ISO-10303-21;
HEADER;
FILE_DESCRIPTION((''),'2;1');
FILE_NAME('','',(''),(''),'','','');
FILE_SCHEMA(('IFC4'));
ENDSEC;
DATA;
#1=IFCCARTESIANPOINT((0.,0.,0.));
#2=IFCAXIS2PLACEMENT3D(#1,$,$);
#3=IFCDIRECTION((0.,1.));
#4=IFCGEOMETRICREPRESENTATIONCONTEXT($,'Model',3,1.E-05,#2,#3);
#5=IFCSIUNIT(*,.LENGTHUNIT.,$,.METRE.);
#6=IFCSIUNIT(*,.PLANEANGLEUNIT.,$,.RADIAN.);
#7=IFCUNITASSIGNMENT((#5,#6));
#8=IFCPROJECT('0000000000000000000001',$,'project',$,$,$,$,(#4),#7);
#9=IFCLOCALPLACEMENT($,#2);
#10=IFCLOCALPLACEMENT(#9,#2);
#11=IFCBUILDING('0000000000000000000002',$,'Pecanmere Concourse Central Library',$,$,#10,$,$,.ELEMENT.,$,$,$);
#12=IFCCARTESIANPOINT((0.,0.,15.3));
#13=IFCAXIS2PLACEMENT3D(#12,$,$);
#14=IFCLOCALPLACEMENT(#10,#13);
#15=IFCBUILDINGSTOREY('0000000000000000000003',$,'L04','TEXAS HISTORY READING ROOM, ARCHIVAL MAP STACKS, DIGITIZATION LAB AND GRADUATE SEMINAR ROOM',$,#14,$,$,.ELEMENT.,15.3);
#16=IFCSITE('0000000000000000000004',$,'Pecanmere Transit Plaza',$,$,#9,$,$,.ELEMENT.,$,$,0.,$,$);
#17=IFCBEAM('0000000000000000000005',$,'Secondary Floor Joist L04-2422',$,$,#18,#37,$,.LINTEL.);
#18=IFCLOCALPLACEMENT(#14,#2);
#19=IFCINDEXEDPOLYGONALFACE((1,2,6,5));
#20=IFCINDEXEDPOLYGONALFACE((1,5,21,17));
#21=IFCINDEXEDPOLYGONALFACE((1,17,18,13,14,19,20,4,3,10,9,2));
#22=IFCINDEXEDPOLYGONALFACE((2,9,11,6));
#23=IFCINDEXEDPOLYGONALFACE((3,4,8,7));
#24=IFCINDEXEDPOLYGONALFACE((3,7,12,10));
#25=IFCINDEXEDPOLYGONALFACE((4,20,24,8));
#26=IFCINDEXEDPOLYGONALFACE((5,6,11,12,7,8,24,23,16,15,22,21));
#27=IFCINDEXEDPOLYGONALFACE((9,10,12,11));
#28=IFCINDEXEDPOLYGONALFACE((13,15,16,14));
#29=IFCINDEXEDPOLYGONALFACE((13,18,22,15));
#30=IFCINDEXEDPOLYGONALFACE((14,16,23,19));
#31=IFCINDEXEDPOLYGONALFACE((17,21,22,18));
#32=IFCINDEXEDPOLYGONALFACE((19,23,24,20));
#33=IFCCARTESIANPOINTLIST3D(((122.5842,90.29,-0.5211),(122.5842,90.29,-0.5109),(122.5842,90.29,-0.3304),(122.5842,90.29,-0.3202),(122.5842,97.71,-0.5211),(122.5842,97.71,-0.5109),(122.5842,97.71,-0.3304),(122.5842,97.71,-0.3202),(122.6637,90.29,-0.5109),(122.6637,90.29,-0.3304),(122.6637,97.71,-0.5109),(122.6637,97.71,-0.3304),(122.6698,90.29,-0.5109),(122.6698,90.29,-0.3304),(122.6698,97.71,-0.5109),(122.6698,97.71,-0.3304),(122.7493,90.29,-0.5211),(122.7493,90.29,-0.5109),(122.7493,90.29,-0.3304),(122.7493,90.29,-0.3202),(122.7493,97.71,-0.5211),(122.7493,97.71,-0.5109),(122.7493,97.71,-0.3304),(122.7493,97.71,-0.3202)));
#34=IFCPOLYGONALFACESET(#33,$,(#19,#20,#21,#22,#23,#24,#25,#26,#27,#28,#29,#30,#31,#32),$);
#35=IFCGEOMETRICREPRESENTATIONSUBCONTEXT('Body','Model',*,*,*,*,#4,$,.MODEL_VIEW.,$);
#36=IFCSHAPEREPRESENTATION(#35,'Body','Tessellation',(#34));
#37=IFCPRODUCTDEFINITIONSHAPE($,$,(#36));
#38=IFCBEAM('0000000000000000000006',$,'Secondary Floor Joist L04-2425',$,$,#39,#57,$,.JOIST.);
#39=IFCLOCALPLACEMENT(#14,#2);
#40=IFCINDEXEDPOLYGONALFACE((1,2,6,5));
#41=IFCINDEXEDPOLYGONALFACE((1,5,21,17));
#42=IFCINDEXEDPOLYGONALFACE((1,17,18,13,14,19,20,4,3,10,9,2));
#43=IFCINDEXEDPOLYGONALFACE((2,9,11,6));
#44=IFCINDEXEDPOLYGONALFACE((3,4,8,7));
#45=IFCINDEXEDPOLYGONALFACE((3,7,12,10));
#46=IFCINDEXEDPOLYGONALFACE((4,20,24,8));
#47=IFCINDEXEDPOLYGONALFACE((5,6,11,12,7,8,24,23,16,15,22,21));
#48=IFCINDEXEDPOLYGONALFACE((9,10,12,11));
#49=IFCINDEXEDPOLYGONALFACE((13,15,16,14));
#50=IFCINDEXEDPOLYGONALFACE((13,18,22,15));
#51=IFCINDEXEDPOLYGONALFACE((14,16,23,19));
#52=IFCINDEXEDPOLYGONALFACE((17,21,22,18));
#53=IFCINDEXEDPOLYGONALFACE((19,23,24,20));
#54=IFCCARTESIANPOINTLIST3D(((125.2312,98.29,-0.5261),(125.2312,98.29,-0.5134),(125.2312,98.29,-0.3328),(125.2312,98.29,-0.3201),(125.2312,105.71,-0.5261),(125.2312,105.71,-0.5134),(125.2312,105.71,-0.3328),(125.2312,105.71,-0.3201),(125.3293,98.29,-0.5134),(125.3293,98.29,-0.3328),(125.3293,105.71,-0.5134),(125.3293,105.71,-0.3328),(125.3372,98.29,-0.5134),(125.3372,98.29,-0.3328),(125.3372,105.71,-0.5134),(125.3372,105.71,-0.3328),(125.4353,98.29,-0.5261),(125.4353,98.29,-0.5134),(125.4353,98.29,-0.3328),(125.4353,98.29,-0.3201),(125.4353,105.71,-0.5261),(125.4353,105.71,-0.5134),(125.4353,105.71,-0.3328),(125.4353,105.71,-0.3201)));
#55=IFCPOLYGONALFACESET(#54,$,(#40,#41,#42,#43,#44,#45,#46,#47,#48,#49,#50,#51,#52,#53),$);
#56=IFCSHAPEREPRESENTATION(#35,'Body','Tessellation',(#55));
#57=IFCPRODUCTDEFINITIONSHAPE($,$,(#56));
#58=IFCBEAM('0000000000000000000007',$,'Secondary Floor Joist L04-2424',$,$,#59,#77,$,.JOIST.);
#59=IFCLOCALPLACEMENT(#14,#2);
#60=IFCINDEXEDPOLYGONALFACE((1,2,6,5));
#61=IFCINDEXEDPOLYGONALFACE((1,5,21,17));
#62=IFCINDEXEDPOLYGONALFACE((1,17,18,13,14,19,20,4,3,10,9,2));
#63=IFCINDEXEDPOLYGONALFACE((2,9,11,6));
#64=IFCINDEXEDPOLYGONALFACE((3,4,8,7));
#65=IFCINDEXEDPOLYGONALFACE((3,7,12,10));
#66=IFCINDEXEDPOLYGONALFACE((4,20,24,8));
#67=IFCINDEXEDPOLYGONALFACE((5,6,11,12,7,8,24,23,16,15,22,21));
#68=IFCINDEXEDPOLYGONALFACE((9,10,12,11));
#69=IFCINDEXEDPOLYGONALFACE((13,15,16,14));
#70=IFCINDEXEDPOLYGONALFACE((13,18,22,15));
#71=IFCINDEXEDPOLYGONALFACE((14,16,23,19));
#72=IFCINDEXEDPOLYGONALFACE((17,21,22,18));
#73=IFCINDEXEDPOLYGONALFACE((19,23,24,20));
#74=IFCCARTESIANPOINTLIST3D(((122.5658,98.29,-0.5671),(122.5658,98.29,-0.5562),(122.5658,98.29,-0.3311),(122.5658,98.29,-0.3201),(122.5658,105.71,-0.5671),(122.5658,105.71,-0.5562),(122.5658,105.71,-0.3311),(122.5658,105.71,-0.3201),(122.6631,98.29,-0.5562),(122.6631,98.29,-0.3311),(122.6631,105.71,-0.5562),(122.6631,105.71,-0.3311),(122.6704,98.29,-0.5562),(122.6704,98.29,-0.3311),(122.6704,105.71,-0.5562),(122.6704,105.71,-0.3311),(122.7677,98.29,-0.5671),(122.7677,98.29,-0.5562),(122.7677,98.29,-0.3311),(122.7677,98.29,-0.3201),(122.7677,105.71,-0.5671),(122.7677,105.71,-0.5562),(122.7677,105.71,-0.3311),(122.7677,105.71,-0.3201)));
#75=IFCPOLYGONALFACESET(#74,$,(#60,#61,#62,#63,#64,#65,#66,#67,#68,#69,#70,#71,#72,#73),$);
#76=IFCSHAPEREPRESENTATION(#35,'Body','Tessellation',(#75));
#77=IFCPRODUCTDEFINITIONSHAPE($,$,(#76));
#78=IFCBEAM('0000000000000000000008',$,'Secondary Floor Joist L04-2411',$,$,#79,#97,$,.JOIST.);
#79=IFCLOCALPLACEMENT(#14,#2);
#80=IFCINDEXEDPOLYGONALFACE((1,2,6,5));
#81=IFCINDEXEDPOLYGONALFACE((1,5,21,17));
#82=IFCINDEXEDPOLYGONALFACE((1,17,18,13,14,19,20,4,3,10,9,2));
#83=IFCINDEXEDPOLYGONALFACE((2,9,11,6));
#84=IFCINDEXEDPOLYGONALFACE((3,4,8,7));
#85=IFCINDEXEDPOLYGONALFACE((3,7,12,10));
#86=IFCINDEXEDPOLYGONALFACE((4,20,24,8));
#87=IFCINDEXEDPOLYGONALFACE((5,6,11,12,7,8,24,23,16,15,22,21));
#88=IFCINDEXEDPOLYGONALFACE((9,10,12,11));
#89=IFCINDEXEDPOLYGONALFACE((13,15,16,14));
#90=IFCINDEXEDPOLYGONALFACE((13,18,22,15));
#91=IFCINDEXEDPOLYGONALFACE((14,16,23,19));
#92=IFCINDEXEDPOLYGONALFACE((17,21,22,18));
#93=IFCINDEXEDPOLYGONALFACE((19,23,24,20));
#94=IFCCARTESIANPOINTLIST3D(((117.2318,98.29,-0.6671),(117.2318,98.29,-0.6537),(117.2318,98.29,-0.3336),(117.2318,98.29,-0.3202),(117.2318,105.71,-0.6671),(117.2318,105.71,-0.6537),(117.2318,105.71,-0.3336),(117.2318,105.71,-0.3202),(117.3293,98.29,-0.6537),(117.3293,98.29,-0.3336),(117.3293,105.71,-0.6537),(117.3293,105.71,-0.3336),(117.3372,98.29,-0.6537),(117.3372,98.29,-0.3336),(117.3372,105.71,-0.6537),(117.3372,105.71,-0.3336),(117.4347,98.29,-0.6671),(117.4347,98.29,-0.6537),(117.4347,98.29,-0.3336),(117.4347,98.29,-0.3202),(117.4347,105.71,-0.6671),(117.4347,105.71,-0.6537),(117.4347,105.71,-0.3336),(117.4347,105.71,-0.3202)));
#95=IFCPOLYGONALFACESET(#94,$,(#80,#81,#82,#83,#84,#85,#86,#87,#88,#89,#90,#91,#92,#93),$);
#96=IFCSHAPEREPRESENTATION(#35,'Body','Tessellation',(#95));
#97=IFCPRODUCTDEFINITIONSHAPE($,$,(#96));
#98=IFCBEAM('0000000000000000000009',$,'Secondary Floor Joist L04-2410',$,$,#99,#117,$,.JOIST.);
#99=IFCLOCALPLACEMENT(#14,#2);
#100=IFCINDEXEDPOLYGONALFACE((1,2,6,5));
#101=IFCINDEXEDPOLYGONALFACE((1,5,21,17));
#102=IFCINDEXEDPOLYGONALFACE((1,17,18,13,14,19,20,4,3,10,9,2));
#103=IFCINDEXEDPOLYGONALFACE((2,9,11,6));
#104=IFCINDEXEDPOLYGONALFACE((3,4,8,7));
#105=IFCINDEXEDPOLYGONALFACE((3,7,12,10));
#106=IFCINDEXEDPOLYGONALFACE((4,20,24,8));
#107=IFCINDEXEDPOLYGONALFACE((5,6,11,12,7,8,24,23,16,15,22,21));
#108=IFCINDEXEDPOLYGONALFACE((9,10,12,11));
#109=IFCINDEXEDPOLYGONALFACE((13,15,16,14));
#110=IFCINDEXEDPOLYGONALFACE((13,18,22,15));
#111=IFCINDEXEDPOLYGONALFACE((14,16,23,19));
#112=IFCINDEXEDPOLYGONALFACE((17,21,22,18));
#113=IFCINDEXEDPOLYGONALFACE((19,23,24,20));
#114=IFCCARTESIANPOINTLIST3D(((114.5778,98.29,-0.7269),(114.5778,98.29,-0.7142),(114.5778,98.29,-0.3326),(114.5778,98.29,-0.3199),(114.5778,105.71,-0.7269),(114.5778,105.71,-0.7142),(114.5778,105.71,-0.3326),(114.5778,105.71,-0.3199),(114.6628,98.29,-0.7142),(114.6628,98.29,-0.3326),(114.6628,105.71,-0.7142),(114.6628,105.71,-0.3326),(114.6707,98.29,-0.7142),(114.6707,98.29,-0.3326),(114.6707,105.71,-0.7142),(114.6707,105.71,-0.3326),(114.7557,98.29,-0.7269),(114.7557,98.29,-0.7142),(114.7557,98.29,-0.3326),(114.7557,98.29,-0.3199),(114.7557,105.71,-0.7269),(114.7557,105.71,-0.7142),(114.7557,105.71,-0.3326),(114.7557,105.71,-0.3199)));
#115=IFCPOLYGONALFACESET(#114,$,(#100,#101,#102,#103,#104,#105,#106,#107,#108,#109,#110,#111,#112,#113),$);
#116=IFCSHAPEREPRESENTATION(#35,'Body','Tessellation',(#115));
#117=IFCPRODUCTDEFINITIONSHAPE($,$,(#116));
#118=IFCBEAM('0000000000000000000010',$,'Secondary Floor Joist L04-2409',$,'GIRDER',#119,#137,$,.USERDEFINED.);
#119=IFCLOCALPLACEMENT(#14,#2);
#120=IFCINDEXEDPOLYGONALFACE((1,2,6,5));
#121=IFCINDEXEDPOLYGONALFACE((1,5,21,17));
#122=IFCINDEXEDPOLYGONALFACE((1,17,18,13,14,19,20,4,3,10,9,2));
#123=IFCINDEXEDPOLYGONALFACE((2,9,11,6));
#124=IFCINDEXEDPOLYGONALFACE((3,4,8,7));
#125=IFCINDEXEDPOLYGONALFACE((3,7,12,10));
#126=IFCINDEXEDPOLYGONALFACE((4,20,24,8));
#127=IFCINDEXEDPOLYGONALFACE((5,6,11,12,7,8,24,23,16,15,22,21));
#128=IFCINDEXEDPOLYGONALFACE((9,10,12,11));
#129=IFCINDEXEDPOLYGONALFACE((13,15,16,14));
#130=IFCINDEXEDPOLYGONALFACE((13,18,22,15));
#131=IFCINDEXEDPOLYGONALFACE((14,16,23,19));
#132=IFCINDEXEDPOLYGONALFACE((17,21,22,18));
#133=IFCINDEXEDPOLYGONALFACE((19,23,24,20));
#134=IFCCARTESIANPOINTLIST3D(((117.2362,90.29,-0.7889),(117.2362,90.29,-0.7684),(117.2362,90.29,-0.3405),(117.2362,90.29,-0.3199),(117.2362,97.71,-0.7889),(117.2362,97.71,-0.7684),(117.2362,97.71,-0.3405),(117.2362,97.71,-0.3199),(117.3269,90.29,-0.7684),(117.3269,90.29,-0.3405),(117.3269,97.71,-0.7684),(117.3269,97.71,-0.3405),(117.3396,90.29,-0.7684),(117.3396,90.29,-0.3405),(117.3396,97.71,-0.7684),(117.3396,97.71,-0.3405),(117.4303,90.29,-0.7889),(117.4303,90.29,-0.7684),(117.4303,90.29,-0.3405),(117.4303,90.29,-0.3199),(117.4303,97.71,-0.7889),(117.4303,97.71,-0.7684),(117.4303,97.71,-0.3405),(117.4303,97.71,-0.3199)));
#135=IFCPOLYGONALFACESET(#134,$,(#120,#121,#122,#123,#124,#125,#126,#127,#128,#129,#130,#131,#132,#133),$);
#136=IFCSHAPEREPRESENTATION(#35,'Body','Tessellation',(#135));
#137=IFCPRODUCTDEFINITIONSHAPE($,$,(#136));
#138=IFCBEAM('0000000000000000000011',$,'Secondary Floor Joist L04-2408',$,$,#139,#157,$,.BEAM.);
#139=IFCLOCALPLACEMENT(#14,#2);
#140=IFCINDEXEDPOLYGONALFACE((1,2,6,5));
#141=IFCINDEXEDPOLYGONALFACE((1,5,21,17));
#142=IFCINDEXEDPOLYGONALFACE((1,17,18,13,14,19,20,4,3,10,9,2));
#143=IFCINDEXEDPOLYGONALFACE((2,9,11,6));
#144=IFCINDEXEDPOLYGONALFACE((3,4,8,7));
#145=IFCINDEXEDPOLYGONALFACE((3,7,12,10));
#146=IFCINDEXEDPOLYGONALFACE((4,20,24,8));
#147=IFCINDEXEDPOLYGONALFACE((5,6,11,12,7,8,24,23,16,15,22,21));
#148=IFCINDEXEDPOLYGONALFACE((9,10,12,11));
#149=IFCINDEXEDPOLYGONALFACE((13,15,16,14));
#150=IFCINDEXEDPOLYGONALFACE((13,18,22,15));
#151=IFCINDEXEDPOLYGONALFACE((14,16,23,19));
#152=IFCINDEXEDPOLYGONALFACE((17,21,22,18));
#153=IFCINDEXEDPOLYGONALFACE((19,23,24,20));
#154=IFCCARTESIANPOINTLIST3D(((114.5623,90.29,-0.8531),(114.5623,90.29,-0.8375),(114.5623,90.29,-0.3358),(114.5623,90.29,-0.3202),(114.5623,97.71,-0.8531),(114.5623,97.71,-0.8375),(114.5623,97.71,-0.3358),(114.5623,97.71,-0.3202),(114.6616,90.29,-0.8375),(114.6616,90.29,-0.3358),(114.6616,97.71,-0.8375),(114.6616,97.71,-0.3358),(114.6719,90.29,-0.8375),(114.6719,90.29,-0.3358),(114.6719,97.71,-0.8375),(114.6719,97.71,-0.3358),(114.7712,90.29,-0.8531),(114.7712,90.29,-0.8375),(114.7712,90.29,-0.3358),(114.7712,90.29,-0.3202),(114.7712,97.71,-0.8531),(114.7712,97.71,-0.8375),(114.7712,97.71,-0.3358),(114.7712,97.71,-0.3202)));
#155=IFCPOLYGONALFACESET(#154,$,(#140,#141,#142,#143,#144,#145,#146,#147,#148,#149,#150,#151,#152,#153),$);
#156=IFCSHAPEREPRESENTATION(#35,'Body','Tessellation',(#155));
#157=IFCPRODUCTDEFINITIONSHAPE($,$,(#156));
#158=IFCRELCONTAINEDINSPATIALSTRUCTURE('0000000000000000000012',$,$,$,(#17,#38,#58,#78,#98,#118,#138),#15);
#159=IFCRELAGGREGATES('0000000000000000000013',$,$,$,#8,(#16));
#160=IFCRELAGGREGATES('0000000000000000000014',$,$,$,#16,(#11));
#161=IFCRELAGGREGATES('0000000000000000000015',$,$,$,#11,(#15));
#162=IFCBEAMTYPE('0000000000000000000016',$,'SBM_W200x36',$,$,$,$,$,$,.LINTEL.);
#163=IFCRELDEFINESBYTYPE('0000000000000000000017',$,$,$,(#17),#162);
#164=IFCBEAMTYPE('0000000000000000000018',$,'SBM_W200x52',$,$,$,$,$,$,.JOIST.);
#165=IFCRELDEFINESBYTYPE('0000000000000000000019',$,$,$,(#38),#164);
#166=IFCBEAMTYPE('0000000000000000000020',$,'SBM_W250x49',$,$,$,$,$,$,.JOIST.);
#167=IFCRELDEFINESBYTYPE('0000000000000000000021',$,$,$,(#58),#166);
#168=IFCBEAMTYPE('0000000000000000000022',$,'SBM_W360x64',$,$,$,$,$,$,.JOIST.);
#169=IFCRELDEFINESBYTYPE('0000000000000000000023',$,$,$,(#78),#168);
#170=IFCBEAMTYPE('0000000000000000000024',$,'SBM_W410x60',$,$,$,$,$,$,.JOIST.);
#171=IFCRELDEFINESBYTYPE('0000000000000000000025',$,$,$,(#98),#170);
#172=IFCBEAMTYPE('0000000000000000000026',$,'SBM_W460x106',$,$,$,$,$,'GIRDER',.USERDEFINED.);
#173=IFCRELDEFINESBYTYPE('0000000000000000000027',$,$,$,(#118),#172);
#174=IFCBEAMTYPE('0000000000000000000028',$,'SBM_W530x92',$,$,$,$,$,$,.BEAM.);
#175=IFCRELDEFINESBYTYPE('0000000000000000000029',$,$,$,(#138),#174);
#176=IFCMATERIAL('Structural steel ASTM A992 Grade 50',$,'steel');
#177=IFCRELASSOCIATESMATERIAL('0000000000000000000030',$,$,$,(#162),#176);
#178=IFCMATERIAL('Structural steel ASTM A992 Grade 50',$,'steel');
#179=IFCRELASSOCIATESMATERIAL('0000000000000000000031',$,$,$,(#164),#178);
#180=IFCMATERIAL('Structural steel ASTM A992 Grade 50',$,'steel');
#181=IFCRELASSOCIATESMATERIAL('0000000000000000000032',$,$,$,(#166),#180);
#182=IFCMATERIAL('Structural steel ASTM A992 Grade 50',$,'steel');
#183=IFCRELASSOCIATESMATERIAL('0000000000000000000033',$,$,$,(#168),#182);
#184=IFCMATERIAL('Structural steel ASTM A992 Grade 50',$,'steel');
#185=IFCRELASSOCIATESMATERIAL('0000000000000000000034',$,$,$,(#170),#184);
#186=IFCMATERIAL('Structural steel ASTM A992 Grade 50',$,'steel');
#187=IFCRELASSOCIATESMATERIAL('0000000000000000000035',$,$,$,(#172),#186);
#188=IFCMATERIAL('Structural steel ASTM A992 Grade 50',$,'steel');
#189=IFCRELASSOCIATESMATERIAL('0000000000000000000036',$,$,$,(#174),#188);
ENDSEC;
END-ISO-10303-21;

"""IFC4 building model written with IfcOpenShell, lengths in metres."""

from ifc_helpers import new_model, si_unit, direction, frame, origin, origin_2d, place, context, subcontext, project, spatial, i_section, extrude, material, material_profile, profile_set, type_object, element, save


model = new_model("IFC4")

# Units and contexts
model_context = context("Model", 3, precision=1e-05, world=origin(), true_north=direction((0.0, 1.0)))
body_context = subcontext(model_context, "Body", "Model", "MODEL_VIEW")
ifc_project = project(units=[si_unit("LENGTHUNIT", "METRE"), si_unit("PLANEANGLEUNIT", "RADIAN")], contexts=[model_context])

# Site, building, storey
site_placement = place(None, origin())
site = spatial("IfcSite", under=ifc_project, at=site_placement, Name="Pecanmere Transit Plaza", CompositionType="ELEMENT", RefElevation=0.0)
building_placement = place(site_placement, origin())
building = spatial("IfcBuilding", under=site, at=building_placement, Name="Pecanmere Concourse Central Library", CompositionType="ELEMENT")
storey_placement = place(building_placement, frame((0.0, 0.0, 15.3)))
storey = spatial("IfcBuildingStorey", under=building, at=storey_placement, Name="L04", Description="TEXAS HISTORY READING ROOM, ARCHIVAL MAP STACKS, DIGITIZATION LAB AND GRADUATE SEMINAR ROOM", CompositionType="ELEMENT", Elevation=15.3)

# Beams
ifc_material_1 = material(Name="Structural steel ASTM A992 Grade 50", Category="steel")
ifc_material_profile_1 = material_profile(ifc_material_1, i_section(OverallWidth=0.165, OverallDepth=0.2009, WebThickness=0.0061, FlangeThickness=0.0103, at=origin_2d()), Name="W200x35.9")
ifc_profile_set_1 = profile_set([ifc_material_profile_1], Name="Structural steel ASTM A992 Grade 50")
beam_type_1 = type_object("IfcBeamType", Name="SBM_W200x36", PredefinedType="LINTEL", material=ifc_profile_set_1)
beam_1_placement = place(storey_placement, frame((122.6667, 90.29, -0.4207), z_axis=(0.0, 1.0, 0.0), x_axis=(-1.0, 0.0, 0.0)))
element("IfcBeam", 1, at=beam_1_placement, inside=storey, type_object=beam_type_1, Name="Secondary Floor Joist L04-2422", PredefinedType="LINTEL", context=body_context, shape_type="SweptSolid", body=[
    extrude(i_section(OverallWidth=0.165, OverallDepth=0.2009, WebThickness=0.0061, FlangeThickness=0.0103, at=origin_2d()), origin(), (0.0, 0.0, 1.0), 7.4199),
])
ifc_material_2 = material(Name="Structural steel ASTM A992 Grade 50", Category="steel")
ifc_material_profile_2 = material_profile(ifc_material_2, i_section(OverallWidth=0.2041, OverallDepth=0.2061, WebThickness=0.0078, FlangeThickness=0.0127, at=origin_2d()), Name="W200x52")
ifc_profile_set_2 = profile_set([ifc_material_profile_2], Name="Structural steel ASTM A992 Grade 50")
beam_type_2 = type_object("IfcBeamType", Name="SBM_W200x52", PredefinedType="JOIST", material=ifc_profile_set_2)
beam_2_placement = place(storey_placement, frame((125.3333, 98.29, -0.4231), z_axis=(0.0, 1.0, 0.0), x_axis=(-1.0, 0.0, 0.0)))
element("IfcBeam", 2, at=beam_2_placement, inside=storey, type_object=beam_type_2, Name="Secondary Floor Joist L04-2425", PredefinedType="JOIST", context=body_context, shape_type="SweptSolid", body=[
    extrude(i_section(OverallWidth=0.2041, OverallDepth=0.2061, WebThickness=0.0078, FlangeThickness=0.0127, at=origin_2d()), origin(), (0.0, 0.0, 1.0), 7.4199),
])
ifc_material_3 = material(Name="Structural steel ASTM A992 Grade 50", Category="steel")
ifc_material_profile_3 = material_profile(ifc_material_3, i_section(OverallWidth=0.2019, OverallDepth=0.2471, WebThickness=0.0073, FlangeThickness=0.011, at=origin_2d()), Name="W250x49.1")
ifc_profile_set_3 = profile_set([ifc_material_profile_3], Name="Structural steel ASTM A992 Grade 50")
beam_type_3 = type_object("IfcBeamType", Name="SBM_W250x49", PredefinedType="JOIST", material=ifc_profile_set_3)
beam_3_placement = place(storey_placement, frame((122.6667, 98.29, -0.4436), z_axis=(0.0, 1.0, 0.0), x_axis=(-1.0, 0.0, 0.0)))
element("IfcBeam", 3, at=beam_3_placement, inside=storey, type_object=beam_type_3, Name="Secondary Floor Joist L04-2424", PredefinedType="JOIST", context=body_context, shape_type="SweptSolid", body=[
    extrude(i_section(OverallWidth=0.2019, OverallDepth=0.2471, WebThickness=0.0073, FlangeThickness=0.011, at=origin_2d()), origin(), (0.0, 0.0, 1.0), 7.4199),
])
ifc_material_4 = material(Name="Structural steel ASTM A992 Grade 50", Category="steel")
ifc_material_profile_4 = material_profile(ifc_material_4, i_section(OverallWidth=0.2029, OverallDepth=0.3469, WebThickness=0.0078, FlangeThickness=0.0134, at=origin_2d()), Name="W360x64")
ifc_profile_set_4 = profile_set([ifc_material_profile_4], Name="Structural steel ASTM A992 Grade 50")
beam_type_4 = type_object("IfcBeamType", Name="SBM_W360x64", PredefinedType="JOIST", material=ifc_profile_set_4)
beam_4_placement = place(storey_placement, frame((117.3333, 98.29, -0.4937), z_axis=(0.0, 1.0, 0.0), x_axis=(-1.0, 0.0, 0.0)))
element("IfcBeam", 4, at=beam_4_placement, inside=storey, type_object=beam_type_4, Name="Secondary Floor Joist L04-2411", PredefinedType="JOIST", context=body_context, shape_type="SweptSolid", body=[
    extrude(i_section(OverallWidth=0.2029, OverallDepth=0.3469, WebThickness=0.0078, FlangeThickness=0.0134, at=origin_2d()), origin(), (0.0, 0.0, 1.0), 7.4199),
])
ifc_material_5 = material(Name="Structural steel ASTM A992 Grade 50", Category="steel")
ifc_material_profile_5 = material_profile(ifc_material_5, i_section(OverallWidth=0.178, OverallDepth=0.407, WebThickness=0.0078, FlangeThickness=0.0127, at=origin_2d()), Name="W410x60")
ifc_profile_set_5 = profile_set([ifc_material_profile_5], Name="Structural steel ASTM A992 Grade 50")
beam_type_5 = type_object("IfcBeamType", Name="SBM_W410x60", PredefinedType="JOIST", material=ifc_profile_set_5)
beam_5_placement = place(storey_placement, frame((114.6667, 98.29, -0.5234), z_axis=(0.0, 1.0, 0.0), x_axis=(-1.0, 0.0, 0.0)))
element("IfcBeam", 5, at=beam_5_placement, inside=storey, type_object=beam_type_5, Name="Secondary Floor Joist L04-2410", PredefinedType="JOIST", context=body_context, shape_type="SweptSolid", body=[
    extrude(i_section(OverallWidth=0.178, OverallDepth=0.407, WebThickness=0.0078, FlangeThickness=0.0127, at=origin_2d()), origin(), (0.0, 0.0, 1.0), 7.4199),
])
ifc_material_6 = material(Name="Structural steel ASTM A992 Grade 50", Category="steel")
ifc_material_profile_6 = material_profile(ifc_material_6, i_section(OverallWidth=0.1941, OverallDepth=0.469, WebThickness=0.0127, FlangeThickness=0.0205, at=origin_2d()), Name="W460x106")
ifc_profile_set_6 = profile_set([ifc_material_profile_6], Name="Structural steel ASTM A992 Grade 50")
beam_type_6 = type_object("IfcBeamType", Name="SBM_W460x106", ElementType="GIRDER", PredefinedType="USERDEFINED", material=ifc_profile_set_6)
beam_6_placement = place(storey_placement, frame((117.3333, 90.29, -0.5544), z_axis=(0.0, 1.0, 0.0), x_axis=(-1.0, 0.0, 0.0)))
element("IfcBeam", 6, at=beam_6_placement, inside=storey, type_object=beam_type_6, Name="Secondary Floor Joist L04-2409", ObjectType="GIRDER", PredefinedType="USERDEFINED", context=body_context, shape_type="SweptSolid", body=[
    extrude(i_section(OverallWidth=0.1941, OverallDepth=0.469, WebThickness=0.0127, FlangeThickness=0.0205, at=origin_2d()), origin(), (0.0, 0.0, 1.0), 7.4199),
])
ifc_material_7 = material(Name="Structural steel ASTM A992 Grade 50", Category="steel")
ifc_material_profile_7 = material_profile(ifc_material_7, i_section(OverallWidth=0.209, OverallDepth=0.533, WebThickness=0.0103, FlangeThickness=0.0156, at=origin_2d()), Name="W530x92")
ifc_profile_set_7 = profile_set([ifc_material_profile_7], Name="Structural steel ASTM A992 Grade 50")
beam_type_7 = type_object("IfcBeamType", Name="SBM_W530x92", PredefinedType="BEAM", material=ifc_profile_set_7)
beam_7_placement = place(storey_placement, frame((114.6667, 90.29, -0.5867), z_axis=(0.0, 1.0, 0.0), x_axis=(-1.0, 0.0, 0.0)))
element("IfcBeam", 7, at=beam_7_placement, inside=storey, type_object=beam_type_7, Name="Secondary Floor Joist L04-2408", PredefinedType="BEAM", context=body_context, shape_type="SweptSolid", body=[
    extrude(i_section(OverallWidth=0.209, OverallDepth=0.533, WebThickness=0.0103, FlangeThickness=0.0156, at=origin_2d()), origin(), (0.0, 0.0, 1.0), 7.4199),
])

save(model, "model.ifc")
